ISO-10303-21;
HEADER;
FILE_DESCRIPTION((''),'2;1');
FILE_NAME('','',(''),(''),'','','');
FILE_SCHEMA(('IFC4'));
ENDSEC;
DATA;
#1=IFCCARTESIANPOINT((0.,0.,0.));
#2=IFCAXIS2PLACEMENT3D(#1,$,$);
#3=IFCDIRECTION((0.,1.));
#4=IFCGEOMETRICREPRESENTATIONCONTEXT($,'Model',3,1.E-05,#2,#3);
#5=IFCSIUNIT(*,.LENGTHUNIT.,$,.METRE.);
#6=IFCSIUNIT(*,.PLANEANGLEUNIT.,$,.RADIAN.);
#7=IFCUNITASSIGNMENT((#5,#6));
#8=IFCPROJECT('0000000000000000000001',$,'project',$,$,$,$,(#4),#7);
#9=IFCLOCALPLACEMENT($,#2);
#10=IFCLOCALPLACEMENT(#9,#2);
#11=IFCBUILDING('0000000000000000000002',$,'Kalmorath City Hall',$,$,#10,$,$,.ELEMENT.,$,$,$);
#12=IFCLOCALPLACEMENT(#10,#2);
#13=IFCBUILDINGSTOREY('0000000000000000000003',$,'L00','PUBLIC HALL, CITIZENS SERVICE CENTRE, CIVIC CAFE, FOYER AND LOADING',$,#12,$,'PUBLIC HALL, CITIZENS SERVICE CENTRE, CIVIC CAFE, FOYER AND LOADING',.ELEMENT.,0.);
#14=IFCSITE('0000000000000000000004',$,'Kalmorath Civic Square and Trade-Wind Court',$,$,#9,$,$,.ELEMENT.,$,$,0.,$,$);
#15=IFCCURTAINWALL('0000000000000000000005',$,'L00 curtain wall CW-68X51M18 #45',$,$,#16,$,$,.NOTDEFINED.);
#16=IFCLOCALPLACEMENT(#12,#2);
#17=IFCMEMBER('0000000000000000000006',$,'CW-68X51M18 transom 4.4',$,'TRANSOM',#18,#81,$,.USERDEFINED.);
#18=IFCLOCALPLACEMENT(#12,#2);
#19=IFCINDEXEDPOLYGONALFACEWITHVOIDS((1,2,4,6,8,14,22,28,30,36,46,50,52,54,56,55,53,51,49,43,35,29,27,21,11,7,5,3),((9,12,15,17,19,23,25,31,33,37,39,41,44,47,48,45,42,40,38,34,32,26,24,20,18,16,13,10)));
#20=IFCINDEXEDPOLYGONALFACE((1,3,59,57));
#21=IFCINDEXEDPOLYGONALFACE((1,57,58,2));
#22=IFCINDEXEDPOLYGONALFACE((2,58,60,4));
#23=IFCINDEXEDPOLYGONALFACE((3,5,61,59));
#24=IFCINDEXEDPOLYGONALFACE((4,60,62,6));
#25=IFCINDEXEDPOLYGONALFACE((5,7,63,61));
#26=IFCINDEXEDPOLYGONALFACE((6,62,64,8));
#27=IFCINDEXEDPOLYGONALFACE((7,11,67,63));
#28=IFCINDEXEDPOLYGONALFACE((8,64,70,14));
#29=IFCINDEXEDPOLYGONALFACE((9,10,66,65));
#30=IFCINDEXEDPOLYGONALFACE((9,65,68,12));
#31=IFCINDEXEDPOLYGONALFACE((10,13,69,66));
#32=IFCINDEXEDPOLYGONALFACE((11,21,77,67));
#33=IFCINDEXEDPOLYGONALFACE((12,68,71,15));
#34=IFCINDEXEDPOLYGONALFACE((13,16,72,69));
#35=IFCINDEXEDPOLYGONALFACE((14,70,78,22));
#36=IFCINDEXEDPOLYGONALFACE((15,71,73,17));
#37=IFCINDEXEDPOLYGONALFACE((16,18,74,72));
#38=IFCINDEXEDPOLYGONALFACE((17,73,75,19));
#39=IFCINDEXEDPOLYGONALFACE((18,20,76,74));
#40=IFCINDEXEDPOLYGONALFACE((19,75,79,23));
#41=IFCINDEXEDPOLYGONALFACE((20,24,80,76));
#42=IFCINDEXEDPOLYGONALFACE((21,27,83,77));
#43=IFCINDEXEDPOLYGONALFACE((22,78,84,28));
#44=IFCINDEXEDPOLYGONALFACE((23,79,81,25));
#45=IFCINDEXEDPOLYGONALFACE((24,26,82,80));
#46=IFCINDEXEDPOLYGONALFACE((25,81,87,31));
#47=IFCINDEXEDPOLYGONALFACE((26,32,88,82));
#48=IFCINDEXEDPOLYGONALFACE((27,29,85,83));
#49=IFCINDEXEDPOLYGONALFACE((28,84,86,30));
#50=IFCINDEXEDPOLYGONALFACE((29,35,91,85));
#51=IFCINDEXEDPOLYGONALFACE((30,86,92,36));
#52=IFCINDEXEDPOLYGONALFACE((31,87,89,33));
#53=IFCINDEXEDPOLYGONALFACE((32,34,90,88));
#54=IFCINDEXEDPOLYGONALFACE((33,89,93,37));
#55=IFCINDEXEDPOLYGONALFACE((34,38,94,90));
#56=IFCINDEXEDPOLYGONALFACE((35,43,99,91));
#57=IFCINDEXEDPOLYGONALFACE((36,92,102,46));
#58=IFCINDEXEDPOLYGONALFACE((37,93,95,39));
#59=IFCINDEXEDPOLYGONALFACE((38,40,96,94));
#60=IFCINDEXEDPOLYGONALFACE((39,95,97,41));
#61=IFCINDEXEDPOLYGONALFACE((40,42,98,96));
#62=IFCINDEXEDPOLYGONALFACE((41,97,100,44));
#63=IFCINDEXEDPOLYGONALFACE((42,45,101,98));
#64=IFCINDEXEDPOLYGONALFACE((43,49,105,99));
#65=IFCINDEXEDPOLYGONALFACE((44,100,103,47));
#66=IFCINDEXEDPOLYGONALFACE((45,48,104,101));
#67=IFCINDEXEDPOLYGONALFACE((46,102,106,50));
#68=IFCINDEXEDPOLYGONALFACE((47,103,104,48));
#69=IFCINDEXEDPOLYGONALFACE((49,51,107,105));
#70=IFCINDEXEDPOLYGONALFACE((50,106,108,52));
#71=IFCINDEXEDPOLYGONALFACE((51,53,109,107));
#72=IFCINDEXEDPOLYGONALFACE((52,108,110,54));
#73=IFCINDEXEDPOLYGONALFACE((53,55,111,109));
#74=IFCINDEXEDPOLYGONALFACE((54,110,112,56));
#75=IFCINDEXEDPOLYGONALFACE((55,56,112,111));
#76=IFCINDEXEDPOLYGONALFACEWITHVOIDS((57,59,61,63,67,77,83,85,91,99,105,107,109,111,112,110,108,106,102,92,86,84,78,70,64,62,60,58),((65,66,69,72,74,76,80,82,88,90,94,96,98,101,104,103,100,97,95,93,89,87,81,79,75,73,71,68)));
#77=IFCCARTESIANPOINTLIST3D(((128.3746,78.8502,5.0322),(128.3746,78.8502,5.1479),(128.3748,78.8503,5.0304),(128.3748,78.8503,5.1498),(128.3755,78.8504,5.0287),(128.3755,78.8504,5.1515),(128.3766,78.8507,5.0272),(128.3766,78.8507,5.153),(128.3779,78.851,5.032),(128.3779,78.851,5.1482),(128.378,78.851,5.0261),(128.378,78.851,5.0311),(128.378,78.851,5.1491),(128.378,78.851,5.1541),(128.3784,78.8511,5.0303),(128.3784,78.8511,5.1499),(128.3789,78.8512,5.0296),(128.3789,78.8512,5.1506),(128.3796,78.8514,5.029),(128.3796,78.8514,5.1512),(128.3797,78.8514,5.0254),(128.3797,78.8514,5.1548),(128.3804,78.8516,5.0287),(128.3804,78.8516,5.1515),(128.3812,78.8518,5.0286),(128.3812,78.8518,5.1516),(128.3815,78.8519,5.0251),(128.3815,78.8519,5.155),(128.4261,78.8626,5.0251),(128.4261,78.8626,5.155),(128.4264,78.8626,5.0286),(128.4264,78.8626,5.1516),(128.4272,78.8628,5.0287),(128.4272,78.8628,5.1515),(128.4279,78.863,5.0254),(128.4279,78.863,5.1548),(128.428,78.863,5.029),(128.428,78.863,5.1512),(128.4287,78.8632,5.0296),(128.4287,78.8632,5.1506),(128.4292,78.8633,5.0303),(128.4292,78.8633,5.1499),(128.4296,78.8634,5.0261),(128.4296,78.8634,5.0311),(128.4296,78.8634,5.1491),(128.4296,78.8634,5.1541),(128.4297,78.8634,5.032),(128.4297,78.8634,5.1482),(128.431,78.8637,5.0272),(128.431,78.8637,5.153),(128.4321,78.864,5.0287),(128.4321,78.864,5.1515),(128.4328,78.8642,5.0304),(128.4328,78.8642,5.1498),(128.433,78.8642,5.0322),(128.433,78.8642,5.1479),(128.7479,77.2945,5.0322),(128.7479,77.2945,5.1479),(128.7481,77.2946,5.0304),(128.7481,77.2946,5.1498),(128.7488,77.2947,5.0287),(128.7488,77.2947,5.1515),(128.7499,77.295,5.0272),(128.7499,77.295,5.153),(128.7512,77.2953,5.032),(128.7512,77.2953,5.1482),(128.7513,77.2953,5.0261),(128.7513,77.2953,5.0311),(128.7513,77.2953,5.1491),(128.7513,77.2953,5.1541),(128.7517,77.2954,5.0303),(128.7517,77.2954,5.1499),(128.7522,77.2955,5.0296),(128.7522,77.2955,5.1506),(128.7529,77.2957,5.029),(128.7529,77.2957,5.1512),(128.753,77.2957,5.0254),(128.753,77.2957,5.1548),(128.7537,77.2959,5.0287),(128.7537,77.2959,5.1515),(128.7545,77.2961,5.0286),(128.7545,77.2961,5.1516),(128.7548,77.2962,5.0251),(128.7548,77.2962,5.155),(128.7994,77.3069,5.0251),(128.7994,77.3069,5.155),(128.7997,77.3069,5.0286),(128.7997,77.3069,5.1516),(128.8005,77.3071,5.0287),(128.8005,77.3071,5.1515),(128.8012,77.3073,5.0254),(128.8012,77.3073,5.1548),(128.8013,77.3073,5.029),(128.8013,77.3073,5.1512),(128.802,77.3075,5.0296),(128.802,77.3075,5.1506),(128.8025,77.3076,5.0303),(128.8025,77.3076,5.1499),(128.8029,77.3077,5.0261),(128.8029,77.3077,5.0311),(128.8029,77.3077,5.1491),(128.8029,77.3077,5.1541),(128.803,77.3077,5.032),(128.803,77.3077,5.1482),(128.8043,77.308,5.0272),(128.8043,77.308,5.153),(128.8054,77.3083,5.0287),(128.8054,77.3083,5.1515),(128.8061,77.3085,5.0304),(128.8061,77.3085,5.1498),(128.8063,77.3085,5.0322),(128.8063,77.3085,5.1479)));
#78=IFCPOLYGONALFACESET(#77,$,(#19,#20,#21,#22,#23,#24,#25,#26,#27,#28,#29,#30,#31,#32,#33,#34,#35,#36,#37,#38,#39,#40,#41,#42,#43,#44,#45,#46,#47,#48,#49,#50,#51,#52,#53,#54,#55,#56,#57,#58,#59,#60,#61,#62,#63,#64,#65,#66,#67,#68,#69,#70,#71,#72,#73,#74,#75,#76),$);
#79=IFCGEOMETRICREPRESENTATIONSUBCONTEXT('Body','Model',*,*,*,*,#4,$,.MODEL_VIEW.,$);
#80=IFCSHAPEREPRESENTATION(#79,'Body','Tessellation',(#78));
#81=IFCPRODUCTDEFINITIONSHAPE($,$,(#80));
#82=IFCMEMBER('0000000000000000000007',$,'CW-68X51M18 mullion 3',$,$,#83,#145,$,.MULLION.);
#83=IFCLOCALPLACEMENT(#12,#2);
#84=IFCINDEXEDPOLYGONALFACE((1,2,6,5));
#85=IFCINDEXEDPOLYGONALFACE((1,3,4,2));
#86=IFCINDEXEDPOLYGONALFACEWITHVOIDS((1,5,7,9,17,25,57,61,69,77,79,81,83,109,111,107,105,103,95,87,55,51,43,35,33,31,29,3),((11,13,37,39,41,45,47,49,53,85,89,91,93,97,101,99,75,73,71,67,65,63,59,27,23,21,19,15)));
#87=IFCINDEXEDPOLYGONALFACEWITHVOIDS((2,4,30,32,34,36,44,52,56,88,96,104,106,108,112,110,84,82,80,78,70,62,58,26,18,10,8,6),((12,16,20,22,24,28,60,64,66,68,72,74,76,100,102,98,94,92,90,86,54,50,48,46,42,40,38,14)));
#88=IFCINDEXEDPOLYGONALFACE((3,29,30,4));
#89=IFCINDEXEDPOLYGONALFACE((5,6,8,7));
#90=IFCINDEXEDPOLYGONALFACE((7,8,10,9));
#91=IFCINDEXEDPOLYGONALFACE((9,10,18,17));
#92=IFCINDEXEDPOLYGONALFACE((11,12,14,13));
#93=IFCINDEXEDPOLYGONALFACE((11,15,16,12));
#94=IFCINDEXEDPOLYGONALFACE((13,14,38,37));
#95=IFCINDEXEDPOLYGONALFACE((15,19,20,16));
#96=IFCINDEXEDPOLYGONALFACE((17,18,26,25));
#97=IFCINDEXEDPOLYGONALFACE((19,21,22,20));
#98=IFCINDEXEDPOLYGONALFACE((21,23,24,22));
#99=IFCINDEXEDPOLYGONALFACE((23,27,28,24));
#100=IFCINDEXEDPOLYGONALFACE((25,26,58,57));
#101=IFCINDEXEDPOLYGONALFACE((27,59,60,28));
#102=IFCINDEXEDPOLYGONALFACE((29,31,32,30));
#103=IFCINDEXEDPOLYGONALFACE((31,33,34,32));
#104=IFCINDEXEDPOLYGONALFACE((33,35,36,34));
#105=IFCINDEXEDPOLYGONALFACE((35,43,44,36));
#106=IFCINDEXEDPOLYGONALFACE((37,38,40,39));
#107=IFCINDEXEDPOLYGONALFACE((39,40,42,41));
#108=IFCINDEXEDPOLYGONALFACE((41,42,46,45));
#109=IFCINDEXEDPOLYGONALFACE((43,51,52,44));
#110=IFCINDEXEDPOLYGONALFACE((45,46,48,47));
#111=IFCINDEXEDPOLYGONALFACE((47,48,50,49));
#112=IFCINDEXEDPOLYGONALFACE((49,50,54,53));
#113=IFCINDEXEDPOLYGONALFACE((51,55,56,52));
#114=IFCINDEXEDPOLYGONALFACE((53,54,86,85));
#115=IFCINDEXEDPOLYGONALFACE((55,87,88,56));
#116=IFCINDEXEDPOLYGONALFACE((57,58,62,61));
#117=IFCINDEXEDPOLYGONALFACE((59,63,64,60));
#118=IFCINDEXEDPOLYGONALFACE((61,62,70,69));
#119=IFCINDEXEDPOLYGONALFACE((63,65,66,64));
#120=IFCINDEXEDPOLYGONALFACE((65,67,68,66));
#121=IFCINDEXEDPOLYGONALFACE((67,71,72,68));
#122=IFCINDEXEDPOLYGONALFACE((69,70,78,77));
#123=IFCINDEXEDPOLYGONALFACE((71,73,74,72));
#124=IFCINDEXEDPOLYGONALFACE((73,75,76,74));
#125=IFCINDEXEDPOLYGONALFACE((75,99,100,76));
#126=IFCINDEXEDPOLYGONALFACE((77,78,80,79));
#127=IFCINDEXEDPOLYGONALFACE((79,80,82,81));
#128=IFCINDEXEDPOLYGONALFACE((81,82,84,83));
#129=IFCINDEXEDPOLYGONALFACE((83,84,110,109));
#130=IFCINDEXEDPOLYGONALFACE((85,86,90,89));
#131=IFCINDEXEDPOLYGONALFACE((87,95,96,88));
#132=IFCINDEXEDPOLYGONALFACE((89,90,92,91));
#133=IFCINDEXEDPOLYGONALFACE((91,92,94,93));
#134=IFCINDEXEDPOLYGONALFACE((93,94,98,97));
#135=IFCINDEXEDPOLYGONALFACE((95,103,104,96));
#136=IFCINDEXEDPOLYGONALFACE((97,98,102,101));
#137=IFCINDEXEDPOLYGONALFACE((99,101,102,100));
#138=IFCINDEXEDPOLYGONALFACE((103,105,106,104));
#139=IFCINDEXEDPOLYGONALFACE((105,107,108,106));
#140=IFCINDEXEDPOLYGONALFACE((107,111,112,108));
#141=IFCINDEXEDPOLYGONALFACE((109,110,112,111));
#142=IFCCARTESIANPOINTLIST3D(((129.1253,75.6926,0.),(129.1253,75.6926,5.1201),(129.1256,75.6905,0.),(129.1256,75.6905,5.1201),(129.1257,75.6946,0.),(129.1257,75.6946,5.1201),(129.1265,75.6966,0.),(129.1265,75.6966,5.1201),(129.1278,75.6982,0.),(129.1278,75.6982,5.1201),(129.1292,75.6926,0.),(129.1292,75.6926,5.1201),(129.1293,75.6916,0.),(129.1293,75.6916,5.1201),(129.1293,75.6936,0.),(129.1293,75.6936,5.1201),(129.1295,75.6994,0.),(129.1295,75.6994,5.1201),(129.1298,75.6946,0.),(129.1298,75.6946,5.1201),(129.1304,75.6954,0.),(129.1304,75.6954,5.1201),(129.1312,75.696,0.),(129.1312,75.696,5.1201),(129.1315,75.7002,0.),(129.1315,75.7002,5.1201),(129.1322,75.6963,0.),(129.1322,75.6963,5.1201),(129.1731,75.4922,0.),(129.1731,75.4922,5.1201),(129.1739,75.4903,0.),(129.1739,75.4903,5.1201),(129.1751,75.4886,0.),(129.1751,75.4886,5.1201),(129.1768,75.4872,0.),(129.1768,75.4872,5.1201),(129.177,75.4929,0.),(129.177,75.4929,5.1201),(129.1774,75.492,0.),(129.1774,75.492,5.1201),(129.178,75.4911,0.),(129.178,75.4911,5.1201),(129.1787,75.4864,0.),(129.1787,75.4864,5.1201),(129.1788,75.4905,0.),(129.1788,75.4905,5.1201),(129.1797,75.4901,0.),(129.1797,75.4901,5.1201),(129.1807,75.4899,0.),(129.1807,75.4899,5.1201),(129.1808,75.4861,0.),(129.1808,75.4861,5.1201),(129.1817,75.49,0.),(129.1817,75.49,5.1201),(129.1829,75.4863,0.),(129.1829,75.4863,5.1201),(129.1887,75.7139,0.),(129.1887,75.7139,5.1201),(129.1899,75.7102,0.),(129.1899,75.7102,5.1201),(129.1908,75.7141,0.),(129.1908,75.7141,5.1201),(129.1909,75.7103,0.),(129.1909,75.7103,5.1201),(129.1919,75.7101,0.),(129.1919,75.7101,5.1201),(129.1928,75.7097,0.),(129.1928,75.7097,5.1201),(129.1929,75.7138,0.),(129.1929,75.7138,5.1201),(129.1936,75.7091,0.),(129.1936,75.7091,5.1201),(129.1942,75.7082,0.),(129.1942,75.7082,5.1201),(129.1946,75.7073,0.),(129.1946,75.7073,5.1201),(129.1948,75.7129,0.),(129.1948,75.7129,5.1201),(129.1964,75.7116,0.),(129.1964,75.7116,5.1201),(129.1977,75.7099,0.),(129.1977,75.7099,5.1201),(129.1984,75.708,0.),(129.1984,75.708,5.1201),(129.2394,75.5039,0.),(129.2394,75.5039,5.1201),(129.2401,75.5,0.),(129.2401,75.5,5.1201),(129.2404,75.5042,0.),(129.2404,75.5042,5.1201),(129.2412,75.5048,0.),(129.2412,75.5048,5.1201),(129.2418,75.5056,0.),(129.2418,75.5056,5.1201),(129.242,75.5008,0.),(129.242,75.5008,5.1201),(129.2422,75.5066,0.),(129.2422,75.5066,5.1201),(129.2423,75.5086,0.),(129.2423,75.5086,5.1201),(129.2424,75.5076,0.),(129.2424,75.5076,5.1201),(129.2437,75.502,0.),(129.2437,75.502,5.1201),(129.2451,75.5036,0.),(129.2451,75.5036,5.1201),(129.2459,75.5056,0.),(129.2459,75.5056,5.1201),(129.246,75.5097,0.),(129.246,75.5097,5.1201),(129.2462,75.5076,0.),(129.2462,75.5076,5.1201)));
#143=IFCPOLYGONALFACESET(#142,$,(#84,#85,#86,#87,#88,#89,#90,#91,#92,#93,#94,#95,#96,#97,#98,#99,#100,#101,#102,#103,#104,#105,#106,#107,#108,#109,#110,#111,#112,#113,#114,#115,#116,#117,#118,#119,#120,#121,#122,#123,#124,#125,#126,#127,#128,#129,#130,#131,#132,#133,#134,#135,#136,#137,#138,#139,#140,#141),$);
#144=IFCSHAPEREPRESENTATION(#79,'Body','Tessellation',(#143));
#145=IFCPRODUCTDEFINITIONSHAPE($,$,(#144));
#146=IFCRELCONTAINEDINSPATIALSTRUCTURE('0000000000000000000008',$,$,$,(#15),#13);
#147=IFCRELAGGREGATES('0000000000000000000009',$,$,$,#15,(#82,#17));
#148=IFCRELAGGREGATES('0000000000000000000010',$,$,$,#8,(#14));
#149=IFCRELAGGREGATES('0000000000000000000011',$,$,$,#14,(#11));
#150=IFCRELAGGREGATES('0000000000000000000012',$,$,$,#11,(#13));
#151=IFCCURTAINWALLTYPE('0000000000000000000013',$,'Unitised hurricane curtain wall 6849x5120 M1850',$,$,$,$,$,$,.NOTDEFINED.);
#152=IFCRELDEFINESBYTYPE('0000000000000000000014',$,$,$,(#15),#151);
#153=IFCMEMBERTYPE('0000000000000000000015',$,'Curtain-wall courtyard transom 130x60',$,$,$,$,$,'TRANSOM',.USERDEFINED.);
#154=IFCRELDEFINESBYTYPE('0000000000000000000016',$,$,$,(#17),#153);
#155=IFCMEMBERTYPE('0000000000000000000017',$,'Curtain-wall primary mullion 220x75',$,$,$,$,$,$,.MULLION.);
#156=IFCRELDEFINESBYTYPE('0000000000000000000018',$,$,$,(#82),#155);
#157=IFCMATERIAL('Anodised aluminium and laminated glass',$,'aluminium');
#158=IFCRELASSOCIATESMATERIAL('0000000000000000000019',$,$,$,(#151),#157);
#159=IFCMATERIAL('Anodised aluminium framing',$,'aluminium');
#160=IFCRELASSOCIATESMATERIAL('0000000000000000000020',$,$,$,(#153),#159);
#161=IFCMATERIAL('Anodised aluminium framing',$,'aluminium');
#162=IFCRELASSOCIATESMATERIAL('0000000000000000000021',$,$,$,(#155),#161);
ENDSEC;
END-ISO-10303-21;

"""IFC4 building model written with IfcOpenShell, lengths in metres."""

from ifc_helpers import new_model, si_unit, direction, frame, origin, origin_2d, place, context, subcontext, project, spatial, hollow_rectangle, extrude, material, material_profile, profile_set, type_object, element, aggregate, save


model = new_model("IFC4")

# Units and contexts
model_context = context("Model", 3, precision=1e-05, world=origin(), true_north=direction((0.0, 1.0)))
body_context = subcontext(model_context, "Body", "Model", "MODEL_VIEW")
ifc_project = project(units=[si_unit("LENGTHUNIT", "METRE"), si_unit("PLANEANGLEUNIT", "RADIAN")], contexts=[model_context])

# Site, building, storey
site_placement = place(None, origin())
site = spatial("IfcSite", under=ifc_project, at=site_placement, Name="Kalmorath Civic Square and Trade-Wind Court", CompositionType="ELEMENT", RefElevation=0.0)
building_placement = place(site_placement, origin())
building = spatial("IfcBuilding", under=site, at=building_placement, Name="Kalmorath City Hall", CompositionType="ELEMENT")
storey_placement = place(building_placement, origin())
storey = spatial("IfcBuildingStorey", under=building, at=storey_placement, Name="L00", Description="PUBLIC HALL, CITIZENS SERVICE CENTRE, CIVIC CAFE, FOYER AND LOADING", LongName="PUBLIC HALL, CITIZENS SERVICE CENTRE, CIVIC CAFE, FOYER AND LOADING", CompositionType="ELEMENT", Elevation=0.0)

# Curtain wall, members
ifc_material_1 = material(Name="Anodised aluminium and laminated glass", Category="aluminium")
curtain_wall_type = type_object("IfcCurtainWallType", Name="Unitised hurricane curtain wall 6849x5120 M1850", PredefinedType="NOTDEFINED", material=ifc_material_1)
curtain_wall_placement = place(storey_placement, origin())
curtain_wall = element("IfcCurtainWall", 1, at=curtain_wall_placement, inside=storey, type_object=curtain_wall_type, Name="L00 curtain wall CW-68X51M18 #45", PredefinedType="NOTDEFINED")
ifc_material_2 = material(Name="Anodised aluminium framing", Category="aluminium")
ifc_material_profile_1 = material_profile(ifc_material_2, hollow_rectangle(XDim=0.0601, YDim=0.1299, WallThickness=0.0034, InnerFilletRadius=0.0034, OuterFilletRadius=0.0071, at=origin_2d()), Name="ALU-TRN-130X60X3.5")
ifc_profile_set_1 = profile_set([ifc_material_profile_1], Name="Anodised aluminium framing")
member_type_1 = type_object("IfcMemberType", Name="Curtain-wall courtyard transom 130x60", ElementType="TRANSOM", PredefinedType="USERDEFINED", material=ifc_profile_set_1)
member_1_placement = place(storey_placement, frame((128.7771, 77.3015, 5.0901), z_axis=(-0.233333, 0.972397, 0.0), x_axis=(-0.972397, -0.233333, 0.0)))
member_1 = element("IfcMember", 2, at=member_1_placement, type_object=member_type_1, Name="CW-68X51M18 transom 4.4", ObjectType="TRANSOM", PredefinedType="USERDEFINED", context=body_context, shape_type="SweptSolid", body=[
    extrude(hollow_rectangle(XDim=0.0601, YDim=0.1299, WallThickness=0.0034, InnerFilletRadius=0.0034, OuterFilletRadius=0.0071, at=origin_2d()), origin(), (0.0, 0.0, 1.0), 1.5999),
])
ifc_material_3 = material(Name="Anodised aluminium framing", Category="aluminium")
ifc_material_profile_2 = material_profile(ifc_material_3, hollow_rectangle(XDim=0.075, YDim=0.22, WallThickness=0.0039, InnerFilletRadius=0.0039, OuterFilletRadius=0.0081, at=origin_2d()), Name="ALU-MUL-220X75X4")
ifc_profile_set_2 = profile_set([ifc_material_profile_2], Name="Anodised aluminium framing")
member_type_2 = type_object("IfcMemberType", Name="Curtain-wall primary mullion 220x75", PredefinedType="MULLION", material=ifc_profile_set_2)
member_2_placement = place(storey_placement, frame((129.1858, 75.6001, 0.0), z_axis=(0.0, 0.0, 1.0), x_axis=(-0.972367, -0.233456, 0.0)))
member_2 = element("IfcMember", 3, at=member_2_placement, type_object=member_type_2, Name="CW-68X51M18 mullion 3", PredefinedType="MULLION", context=body_context, shape_type="SweptSolid", body=[
    extrude(hollow_rectangle(XDim=0.075, YDim=0.22, WallThickness=0.0039, InnerFilletRadius=0.0039, OuterFilletRadius=0.0081, at=origin_2d()), origin(), (0.0, 0.0, 1.0), 5.1201),
])

aggregate(curtain_wall, [member_2, member_1])

save(model, "model.ifc")
